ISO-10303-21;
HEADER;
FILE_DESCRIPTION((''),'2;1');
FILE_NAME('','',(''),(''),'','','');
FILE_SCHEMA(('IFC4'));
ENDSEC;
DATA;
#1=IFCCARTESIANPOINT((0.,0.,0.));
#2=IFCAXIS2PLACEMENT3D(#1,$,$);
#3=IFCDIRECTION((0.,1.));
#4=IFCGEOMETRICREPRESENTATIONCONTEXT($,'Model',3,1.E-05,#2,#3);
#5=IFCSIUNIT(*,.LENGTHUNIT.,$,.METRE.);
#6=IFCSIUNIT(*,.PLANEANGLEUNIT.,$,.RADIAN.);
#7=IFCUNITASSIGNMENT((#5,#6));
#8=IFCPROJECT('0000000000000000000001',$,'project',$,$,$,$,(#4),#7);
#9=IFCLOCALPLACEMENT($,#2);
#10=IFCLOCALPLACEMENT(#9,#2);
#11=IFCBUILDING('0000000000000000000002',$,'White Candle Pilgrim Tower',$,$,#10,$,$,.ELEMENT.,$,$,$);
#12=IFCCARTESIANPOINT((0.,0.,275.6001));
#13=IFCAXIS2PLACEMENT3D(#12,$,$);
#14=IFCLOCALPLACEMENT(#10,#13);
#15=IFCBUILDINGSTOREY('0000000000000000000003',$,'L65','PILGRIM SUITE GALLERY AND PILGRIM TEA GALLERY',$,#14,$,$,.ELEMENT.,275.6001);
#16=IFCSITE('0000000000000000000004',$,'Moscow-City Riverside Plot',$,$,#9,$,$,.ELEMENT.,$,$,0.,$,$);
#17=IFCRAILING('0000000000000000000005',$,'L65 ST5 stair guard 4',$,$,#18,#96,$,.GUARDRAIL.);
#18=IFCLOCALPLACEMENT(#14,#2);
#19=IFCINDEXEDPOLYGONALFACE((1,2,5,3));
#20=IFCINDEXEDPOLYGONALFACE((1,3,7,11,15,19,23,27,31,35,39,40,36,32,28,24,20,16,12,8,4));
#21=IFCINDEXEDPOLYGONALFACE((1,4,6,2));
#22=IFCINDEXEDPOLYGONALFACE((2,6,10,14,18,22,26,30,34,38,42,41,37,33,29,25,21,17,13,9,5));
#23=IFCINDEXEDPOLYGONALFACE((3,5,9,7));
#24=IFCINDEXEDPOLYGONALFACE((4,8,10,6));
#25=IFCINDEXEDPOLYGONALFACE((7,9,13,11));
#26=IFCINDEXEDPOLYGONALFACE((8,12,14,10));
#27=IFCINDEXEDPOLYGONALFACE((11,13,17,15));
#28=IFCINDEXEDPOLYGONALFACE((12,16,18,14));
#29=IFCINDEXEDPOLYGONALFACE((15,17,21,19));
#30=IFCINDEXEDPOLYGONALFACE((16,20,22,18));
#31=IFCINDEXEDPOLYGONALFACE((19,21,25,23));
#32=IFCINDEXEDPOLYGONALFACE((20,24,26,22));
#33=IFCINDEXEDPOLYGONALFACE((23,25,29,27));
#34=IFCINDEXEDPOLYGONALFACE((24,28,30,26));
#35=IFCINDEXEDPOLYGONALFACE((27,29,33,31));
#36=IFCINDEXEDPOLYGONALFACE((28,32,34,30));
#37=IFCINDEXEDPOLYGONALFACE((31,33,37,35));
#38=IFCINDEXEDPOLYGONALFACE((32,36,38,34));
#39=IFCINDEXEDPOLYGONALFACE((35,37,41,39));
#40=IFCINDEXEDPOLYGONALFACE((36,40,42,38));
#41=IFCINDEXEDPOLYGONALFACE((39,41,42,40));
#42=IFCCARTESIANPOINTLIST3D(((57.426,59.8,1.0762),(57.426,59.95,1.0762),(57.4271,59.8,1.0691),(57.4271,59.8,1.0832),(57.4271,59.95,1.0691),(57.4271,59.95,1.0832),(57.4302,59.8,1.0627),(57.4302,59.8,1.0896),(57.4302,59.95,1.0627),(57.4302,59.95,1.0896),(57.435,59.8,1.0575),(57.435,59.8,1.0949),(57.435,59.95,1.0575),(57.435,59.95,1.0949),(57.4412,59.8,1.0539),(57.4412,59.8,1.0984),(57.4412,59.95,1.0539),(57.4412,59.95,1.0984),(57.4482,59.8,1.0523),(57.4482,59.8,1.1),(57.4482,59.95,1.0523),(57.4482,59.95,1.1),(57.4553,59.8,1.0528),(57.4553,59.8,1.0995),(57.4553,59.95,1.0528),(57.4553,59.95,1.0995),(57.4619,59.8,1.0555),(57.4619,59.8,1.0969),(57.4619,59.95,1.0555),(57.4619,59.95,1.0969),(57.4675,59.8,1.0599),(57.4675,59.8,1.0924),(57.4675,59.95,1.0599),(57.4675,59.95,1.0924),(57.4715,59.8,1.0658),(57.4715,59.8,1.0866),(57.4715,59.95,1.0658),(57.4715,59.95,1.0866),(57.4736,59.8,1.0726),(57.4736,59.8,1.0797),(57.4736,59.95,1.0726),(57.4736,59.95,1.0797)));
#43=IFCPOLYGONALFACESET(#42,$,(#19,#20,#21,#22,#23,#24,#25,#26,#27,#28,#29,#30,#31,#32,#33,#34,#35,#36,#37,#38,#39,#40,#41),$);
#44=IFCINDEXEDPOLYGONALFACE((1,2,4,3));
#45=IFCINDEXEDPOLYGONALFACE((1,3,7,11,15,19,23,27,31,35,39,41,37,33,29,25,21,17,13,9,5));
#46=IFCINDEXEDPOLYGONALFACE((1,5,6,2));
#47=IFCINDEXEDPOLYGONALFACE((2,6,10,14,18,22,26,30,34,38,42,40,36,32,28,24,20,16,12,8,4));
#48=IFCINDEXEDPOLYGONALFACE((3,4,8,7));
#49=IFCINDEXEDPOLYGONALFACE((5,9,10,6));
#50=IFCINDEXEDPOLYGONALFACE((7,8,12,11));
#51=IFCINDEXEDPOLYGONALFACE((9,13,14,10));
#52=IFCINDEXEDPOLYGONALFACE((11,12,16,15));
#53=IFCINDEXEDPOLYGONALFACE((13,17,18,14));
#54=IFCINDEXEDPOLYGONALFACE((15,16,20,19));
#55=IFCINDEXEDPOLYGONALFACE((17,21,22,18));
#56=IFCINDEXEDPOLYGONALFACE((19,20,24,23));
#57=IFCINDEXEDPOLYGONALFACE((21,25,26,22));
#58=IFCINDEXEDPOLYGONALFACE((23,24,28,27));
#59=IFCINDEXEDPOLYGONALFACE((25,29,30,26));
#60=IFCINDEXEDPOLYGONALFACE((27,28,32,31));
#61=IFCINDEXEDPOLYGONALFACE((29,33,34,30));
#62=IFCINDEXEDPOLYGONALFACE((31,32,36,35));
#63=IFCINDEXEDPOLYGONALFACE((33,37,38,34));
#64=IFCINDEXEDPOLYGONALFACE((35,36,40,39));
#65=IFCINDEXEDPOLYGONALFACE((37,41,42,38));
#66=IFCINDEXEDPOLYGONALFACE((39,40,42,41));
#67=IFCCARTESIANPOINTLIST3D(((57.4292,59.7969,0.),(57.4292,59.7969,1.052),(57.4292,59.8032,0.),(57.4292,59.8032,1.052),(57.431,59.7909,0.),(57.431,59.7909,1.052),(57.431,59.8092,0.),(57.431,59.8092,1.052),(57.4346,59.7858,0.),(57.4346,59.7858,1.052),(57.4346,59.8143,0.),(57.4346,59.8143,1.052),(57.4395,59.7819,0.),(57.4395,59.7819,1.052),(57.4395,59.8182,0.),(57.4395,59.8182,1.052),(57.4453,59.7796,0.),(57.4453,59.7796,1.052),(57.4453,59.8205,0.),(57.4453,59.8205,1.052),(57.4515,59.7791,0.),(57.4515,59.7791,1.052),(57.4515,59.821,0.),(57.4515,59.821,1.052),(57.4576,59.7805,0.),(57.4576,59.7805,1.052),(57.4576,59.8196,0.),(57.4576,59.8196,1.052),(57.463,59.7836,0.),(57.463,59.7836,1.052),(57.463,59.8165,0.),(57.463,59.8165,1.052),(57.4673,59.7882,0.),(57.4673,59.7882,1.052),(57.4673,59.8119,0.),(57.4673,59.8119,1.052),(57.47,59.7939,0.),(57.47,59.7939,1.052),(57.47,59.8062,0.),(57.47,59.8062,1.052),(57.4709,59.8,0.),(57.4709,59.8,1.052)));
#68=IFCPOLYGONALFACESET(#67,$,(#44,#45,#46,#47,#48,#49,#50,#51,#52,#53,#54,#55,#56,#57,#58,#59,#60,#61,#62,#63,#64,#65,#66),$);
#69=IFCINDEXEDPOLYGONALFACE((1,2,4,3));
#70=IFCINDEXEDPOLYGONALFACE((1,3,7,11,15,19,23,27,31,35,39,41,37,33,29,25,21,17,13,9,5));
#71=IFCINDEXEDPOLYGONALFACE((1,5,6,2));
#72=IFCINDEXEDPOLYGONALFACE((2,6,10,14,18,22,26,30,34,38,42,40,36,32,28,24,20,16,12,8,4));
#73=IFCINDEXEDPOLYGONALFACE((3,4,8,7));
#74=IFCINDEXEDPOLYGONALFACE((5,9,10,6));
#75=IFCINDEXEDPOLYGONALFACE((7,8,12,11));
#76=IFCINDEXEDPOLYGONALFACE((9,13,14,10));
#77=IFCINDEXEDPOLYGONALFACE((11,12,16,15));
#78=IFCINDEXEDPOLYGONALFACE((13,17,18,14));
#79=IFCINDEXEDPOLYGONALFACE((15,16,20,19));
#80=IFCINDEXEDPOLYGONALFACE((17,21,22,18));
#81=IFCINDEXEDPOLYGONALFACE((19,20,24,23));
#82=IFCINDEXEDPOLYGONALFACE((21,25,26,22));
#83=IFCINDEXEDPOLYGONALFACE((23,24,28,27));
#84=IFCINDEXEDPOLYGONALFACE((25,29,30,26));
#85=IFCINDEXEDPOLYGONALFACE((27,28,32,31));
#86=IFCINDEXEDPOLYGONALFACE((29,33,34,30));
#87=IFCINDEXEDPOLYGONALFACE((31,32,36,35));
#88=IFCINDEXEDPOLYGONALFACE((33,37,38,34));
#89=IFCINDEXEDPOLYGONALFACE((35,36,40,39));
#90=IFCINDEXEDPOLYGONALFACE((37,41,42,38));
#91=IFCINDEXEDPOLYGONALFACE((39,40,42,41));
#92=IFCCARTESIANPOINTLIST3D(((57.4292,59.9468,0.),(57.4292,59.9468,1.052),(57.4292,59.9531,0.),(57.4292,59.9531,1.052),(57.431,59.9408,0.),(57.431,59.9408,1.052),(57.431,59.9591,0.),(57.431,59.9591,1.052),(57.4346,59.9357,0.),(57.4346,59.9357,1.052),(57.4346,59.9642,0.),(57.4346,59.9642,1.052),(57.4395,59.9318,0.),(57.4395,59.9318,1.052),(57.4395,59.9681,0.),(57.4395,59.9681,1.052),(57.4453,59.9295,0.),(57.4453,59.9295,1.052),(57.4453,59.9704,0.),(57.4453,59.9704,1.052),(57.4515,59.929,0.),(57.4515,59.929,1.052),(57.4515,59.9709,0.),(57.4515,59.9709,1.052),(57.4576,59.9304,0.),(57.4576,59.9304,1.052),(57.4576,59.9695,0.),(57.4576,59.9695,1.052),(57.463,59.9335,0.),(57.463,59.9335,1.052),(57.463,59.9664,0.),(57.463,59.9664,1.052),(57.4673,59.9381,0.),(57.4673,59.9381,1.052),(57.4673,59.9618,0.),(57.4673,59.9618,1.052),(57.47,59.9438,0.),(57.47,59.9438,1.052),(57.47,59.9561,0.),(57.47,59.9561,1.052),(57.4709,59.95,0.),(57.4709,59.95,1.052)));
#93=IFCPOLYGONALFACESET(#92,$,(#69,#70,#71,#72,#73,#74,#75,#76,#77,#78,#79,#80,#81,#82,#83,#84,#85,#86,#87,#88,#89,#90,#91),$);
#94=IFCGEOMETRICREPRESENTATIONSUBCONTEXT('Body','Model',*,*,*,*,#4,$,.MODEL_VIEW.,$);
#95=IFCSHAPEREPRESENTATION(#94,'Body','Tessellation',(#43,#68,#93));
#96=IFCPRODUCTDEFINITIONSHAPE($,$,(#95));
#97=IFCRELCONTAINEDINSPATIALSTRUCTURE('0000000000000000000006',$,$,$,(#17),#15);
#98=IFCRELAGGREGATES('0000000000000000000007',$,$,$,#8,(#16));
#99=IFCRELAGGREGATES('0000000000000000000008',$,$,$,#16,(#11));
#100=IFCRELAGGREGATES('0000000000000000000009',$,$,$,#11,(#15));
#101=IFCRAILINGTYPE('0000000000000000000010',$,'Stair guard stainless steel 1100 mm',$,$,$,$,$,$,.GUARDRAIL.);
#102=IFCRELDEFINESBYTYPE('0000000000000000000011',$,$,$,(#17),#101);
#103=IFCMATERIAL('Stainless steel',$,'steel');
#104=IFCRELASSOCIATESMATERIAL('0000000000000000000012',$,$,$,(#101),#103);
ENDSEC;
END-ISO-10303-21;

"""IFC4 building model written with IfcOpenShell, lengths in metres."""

from ifc_helpers import new_model, si_unit, direction, frame, origin, origin_2d, place, context, subcontext, project, spatial, circle, extrude, material, type_object, element, save


model = new_model("IFC4")

# Units and contexts
model_context = context("Model", 3, precision=1e-05, world=origin(), true_north=direction((0.0, 1.0)))
body_context = subcontext(model_context, "Body", "Model", "MODEL_VIEW")
ifc_project = project(units=[si_unit("LENGTHUNIT", "METRE"), si_unit("PLANEANGLEUNIT", "RADIAN")], contexts=[model_context])

# Site, building, storey
site_placement = place(None, origin())
site = spatial("IfcSite", under=ifc_project, at=site_placement, Name="Moscow-City Riverside Plot", CompositionType="ELEMENT", RefElevation=0.0)
building_placement = place(site_placement, origin())
building = spatial("IfcBuilding", under=site, at=building_placement, Name="White Candle Pilgrim Tower", CompositionType="ELEMENT")
storey_placement = place(building_placement, frame((0.0, 0.0, 275.6001)))
storey = spatial("IfcBuildingStorey", under=building, at=storey_placement, Name="L65", Description="PILGRIM SUITE GALLERY AND PILGRIM TEA GALLERY", CompositionType="ELEMENT", Elevation=275.6001)

# Railing
ifc_material_1 = material(Name="Stainless steel", Category="steel")
railing_type_1 = type_object("IfcRailingType", Name="Stair guard stainless steel 1100 mm", PredefinedType="GUARDRAIL", material=ifc_material_1)
railing_1_placement = place(storey_placement, frame((57.45, 59.8, 0.0)))
element("IfcRailing", 1, at=railing_1_placement, inside=storey, type_object=railing_type_1, Name="L65 ST5 stair guard 4", PredefinedType="GUARDRAIL", context=body_context, shape_type="SweptSolid", body=[
    extrude(circle(Radius=0.0239, at=origin_2d()), frame((0.0, 0.0, 1.0762), z_axis=(0.0, 1.0, 0.0), x_axis=(-1.0, 0.0, 0.0)), (0.0, 0.0, 1.0), 0.1499),
    extrude(circle(Radius=0.021, at=origin_2d()), origin(), (0.0, 0.0, 1.0), 1.052),
    extrude(circle(Radius=0.021, at=origin_2d()), frame((0.0, 0.1499, 0.0)), (0.0, 0.0, 1.0), 1.052),
])

save(model, "model.ifc")
